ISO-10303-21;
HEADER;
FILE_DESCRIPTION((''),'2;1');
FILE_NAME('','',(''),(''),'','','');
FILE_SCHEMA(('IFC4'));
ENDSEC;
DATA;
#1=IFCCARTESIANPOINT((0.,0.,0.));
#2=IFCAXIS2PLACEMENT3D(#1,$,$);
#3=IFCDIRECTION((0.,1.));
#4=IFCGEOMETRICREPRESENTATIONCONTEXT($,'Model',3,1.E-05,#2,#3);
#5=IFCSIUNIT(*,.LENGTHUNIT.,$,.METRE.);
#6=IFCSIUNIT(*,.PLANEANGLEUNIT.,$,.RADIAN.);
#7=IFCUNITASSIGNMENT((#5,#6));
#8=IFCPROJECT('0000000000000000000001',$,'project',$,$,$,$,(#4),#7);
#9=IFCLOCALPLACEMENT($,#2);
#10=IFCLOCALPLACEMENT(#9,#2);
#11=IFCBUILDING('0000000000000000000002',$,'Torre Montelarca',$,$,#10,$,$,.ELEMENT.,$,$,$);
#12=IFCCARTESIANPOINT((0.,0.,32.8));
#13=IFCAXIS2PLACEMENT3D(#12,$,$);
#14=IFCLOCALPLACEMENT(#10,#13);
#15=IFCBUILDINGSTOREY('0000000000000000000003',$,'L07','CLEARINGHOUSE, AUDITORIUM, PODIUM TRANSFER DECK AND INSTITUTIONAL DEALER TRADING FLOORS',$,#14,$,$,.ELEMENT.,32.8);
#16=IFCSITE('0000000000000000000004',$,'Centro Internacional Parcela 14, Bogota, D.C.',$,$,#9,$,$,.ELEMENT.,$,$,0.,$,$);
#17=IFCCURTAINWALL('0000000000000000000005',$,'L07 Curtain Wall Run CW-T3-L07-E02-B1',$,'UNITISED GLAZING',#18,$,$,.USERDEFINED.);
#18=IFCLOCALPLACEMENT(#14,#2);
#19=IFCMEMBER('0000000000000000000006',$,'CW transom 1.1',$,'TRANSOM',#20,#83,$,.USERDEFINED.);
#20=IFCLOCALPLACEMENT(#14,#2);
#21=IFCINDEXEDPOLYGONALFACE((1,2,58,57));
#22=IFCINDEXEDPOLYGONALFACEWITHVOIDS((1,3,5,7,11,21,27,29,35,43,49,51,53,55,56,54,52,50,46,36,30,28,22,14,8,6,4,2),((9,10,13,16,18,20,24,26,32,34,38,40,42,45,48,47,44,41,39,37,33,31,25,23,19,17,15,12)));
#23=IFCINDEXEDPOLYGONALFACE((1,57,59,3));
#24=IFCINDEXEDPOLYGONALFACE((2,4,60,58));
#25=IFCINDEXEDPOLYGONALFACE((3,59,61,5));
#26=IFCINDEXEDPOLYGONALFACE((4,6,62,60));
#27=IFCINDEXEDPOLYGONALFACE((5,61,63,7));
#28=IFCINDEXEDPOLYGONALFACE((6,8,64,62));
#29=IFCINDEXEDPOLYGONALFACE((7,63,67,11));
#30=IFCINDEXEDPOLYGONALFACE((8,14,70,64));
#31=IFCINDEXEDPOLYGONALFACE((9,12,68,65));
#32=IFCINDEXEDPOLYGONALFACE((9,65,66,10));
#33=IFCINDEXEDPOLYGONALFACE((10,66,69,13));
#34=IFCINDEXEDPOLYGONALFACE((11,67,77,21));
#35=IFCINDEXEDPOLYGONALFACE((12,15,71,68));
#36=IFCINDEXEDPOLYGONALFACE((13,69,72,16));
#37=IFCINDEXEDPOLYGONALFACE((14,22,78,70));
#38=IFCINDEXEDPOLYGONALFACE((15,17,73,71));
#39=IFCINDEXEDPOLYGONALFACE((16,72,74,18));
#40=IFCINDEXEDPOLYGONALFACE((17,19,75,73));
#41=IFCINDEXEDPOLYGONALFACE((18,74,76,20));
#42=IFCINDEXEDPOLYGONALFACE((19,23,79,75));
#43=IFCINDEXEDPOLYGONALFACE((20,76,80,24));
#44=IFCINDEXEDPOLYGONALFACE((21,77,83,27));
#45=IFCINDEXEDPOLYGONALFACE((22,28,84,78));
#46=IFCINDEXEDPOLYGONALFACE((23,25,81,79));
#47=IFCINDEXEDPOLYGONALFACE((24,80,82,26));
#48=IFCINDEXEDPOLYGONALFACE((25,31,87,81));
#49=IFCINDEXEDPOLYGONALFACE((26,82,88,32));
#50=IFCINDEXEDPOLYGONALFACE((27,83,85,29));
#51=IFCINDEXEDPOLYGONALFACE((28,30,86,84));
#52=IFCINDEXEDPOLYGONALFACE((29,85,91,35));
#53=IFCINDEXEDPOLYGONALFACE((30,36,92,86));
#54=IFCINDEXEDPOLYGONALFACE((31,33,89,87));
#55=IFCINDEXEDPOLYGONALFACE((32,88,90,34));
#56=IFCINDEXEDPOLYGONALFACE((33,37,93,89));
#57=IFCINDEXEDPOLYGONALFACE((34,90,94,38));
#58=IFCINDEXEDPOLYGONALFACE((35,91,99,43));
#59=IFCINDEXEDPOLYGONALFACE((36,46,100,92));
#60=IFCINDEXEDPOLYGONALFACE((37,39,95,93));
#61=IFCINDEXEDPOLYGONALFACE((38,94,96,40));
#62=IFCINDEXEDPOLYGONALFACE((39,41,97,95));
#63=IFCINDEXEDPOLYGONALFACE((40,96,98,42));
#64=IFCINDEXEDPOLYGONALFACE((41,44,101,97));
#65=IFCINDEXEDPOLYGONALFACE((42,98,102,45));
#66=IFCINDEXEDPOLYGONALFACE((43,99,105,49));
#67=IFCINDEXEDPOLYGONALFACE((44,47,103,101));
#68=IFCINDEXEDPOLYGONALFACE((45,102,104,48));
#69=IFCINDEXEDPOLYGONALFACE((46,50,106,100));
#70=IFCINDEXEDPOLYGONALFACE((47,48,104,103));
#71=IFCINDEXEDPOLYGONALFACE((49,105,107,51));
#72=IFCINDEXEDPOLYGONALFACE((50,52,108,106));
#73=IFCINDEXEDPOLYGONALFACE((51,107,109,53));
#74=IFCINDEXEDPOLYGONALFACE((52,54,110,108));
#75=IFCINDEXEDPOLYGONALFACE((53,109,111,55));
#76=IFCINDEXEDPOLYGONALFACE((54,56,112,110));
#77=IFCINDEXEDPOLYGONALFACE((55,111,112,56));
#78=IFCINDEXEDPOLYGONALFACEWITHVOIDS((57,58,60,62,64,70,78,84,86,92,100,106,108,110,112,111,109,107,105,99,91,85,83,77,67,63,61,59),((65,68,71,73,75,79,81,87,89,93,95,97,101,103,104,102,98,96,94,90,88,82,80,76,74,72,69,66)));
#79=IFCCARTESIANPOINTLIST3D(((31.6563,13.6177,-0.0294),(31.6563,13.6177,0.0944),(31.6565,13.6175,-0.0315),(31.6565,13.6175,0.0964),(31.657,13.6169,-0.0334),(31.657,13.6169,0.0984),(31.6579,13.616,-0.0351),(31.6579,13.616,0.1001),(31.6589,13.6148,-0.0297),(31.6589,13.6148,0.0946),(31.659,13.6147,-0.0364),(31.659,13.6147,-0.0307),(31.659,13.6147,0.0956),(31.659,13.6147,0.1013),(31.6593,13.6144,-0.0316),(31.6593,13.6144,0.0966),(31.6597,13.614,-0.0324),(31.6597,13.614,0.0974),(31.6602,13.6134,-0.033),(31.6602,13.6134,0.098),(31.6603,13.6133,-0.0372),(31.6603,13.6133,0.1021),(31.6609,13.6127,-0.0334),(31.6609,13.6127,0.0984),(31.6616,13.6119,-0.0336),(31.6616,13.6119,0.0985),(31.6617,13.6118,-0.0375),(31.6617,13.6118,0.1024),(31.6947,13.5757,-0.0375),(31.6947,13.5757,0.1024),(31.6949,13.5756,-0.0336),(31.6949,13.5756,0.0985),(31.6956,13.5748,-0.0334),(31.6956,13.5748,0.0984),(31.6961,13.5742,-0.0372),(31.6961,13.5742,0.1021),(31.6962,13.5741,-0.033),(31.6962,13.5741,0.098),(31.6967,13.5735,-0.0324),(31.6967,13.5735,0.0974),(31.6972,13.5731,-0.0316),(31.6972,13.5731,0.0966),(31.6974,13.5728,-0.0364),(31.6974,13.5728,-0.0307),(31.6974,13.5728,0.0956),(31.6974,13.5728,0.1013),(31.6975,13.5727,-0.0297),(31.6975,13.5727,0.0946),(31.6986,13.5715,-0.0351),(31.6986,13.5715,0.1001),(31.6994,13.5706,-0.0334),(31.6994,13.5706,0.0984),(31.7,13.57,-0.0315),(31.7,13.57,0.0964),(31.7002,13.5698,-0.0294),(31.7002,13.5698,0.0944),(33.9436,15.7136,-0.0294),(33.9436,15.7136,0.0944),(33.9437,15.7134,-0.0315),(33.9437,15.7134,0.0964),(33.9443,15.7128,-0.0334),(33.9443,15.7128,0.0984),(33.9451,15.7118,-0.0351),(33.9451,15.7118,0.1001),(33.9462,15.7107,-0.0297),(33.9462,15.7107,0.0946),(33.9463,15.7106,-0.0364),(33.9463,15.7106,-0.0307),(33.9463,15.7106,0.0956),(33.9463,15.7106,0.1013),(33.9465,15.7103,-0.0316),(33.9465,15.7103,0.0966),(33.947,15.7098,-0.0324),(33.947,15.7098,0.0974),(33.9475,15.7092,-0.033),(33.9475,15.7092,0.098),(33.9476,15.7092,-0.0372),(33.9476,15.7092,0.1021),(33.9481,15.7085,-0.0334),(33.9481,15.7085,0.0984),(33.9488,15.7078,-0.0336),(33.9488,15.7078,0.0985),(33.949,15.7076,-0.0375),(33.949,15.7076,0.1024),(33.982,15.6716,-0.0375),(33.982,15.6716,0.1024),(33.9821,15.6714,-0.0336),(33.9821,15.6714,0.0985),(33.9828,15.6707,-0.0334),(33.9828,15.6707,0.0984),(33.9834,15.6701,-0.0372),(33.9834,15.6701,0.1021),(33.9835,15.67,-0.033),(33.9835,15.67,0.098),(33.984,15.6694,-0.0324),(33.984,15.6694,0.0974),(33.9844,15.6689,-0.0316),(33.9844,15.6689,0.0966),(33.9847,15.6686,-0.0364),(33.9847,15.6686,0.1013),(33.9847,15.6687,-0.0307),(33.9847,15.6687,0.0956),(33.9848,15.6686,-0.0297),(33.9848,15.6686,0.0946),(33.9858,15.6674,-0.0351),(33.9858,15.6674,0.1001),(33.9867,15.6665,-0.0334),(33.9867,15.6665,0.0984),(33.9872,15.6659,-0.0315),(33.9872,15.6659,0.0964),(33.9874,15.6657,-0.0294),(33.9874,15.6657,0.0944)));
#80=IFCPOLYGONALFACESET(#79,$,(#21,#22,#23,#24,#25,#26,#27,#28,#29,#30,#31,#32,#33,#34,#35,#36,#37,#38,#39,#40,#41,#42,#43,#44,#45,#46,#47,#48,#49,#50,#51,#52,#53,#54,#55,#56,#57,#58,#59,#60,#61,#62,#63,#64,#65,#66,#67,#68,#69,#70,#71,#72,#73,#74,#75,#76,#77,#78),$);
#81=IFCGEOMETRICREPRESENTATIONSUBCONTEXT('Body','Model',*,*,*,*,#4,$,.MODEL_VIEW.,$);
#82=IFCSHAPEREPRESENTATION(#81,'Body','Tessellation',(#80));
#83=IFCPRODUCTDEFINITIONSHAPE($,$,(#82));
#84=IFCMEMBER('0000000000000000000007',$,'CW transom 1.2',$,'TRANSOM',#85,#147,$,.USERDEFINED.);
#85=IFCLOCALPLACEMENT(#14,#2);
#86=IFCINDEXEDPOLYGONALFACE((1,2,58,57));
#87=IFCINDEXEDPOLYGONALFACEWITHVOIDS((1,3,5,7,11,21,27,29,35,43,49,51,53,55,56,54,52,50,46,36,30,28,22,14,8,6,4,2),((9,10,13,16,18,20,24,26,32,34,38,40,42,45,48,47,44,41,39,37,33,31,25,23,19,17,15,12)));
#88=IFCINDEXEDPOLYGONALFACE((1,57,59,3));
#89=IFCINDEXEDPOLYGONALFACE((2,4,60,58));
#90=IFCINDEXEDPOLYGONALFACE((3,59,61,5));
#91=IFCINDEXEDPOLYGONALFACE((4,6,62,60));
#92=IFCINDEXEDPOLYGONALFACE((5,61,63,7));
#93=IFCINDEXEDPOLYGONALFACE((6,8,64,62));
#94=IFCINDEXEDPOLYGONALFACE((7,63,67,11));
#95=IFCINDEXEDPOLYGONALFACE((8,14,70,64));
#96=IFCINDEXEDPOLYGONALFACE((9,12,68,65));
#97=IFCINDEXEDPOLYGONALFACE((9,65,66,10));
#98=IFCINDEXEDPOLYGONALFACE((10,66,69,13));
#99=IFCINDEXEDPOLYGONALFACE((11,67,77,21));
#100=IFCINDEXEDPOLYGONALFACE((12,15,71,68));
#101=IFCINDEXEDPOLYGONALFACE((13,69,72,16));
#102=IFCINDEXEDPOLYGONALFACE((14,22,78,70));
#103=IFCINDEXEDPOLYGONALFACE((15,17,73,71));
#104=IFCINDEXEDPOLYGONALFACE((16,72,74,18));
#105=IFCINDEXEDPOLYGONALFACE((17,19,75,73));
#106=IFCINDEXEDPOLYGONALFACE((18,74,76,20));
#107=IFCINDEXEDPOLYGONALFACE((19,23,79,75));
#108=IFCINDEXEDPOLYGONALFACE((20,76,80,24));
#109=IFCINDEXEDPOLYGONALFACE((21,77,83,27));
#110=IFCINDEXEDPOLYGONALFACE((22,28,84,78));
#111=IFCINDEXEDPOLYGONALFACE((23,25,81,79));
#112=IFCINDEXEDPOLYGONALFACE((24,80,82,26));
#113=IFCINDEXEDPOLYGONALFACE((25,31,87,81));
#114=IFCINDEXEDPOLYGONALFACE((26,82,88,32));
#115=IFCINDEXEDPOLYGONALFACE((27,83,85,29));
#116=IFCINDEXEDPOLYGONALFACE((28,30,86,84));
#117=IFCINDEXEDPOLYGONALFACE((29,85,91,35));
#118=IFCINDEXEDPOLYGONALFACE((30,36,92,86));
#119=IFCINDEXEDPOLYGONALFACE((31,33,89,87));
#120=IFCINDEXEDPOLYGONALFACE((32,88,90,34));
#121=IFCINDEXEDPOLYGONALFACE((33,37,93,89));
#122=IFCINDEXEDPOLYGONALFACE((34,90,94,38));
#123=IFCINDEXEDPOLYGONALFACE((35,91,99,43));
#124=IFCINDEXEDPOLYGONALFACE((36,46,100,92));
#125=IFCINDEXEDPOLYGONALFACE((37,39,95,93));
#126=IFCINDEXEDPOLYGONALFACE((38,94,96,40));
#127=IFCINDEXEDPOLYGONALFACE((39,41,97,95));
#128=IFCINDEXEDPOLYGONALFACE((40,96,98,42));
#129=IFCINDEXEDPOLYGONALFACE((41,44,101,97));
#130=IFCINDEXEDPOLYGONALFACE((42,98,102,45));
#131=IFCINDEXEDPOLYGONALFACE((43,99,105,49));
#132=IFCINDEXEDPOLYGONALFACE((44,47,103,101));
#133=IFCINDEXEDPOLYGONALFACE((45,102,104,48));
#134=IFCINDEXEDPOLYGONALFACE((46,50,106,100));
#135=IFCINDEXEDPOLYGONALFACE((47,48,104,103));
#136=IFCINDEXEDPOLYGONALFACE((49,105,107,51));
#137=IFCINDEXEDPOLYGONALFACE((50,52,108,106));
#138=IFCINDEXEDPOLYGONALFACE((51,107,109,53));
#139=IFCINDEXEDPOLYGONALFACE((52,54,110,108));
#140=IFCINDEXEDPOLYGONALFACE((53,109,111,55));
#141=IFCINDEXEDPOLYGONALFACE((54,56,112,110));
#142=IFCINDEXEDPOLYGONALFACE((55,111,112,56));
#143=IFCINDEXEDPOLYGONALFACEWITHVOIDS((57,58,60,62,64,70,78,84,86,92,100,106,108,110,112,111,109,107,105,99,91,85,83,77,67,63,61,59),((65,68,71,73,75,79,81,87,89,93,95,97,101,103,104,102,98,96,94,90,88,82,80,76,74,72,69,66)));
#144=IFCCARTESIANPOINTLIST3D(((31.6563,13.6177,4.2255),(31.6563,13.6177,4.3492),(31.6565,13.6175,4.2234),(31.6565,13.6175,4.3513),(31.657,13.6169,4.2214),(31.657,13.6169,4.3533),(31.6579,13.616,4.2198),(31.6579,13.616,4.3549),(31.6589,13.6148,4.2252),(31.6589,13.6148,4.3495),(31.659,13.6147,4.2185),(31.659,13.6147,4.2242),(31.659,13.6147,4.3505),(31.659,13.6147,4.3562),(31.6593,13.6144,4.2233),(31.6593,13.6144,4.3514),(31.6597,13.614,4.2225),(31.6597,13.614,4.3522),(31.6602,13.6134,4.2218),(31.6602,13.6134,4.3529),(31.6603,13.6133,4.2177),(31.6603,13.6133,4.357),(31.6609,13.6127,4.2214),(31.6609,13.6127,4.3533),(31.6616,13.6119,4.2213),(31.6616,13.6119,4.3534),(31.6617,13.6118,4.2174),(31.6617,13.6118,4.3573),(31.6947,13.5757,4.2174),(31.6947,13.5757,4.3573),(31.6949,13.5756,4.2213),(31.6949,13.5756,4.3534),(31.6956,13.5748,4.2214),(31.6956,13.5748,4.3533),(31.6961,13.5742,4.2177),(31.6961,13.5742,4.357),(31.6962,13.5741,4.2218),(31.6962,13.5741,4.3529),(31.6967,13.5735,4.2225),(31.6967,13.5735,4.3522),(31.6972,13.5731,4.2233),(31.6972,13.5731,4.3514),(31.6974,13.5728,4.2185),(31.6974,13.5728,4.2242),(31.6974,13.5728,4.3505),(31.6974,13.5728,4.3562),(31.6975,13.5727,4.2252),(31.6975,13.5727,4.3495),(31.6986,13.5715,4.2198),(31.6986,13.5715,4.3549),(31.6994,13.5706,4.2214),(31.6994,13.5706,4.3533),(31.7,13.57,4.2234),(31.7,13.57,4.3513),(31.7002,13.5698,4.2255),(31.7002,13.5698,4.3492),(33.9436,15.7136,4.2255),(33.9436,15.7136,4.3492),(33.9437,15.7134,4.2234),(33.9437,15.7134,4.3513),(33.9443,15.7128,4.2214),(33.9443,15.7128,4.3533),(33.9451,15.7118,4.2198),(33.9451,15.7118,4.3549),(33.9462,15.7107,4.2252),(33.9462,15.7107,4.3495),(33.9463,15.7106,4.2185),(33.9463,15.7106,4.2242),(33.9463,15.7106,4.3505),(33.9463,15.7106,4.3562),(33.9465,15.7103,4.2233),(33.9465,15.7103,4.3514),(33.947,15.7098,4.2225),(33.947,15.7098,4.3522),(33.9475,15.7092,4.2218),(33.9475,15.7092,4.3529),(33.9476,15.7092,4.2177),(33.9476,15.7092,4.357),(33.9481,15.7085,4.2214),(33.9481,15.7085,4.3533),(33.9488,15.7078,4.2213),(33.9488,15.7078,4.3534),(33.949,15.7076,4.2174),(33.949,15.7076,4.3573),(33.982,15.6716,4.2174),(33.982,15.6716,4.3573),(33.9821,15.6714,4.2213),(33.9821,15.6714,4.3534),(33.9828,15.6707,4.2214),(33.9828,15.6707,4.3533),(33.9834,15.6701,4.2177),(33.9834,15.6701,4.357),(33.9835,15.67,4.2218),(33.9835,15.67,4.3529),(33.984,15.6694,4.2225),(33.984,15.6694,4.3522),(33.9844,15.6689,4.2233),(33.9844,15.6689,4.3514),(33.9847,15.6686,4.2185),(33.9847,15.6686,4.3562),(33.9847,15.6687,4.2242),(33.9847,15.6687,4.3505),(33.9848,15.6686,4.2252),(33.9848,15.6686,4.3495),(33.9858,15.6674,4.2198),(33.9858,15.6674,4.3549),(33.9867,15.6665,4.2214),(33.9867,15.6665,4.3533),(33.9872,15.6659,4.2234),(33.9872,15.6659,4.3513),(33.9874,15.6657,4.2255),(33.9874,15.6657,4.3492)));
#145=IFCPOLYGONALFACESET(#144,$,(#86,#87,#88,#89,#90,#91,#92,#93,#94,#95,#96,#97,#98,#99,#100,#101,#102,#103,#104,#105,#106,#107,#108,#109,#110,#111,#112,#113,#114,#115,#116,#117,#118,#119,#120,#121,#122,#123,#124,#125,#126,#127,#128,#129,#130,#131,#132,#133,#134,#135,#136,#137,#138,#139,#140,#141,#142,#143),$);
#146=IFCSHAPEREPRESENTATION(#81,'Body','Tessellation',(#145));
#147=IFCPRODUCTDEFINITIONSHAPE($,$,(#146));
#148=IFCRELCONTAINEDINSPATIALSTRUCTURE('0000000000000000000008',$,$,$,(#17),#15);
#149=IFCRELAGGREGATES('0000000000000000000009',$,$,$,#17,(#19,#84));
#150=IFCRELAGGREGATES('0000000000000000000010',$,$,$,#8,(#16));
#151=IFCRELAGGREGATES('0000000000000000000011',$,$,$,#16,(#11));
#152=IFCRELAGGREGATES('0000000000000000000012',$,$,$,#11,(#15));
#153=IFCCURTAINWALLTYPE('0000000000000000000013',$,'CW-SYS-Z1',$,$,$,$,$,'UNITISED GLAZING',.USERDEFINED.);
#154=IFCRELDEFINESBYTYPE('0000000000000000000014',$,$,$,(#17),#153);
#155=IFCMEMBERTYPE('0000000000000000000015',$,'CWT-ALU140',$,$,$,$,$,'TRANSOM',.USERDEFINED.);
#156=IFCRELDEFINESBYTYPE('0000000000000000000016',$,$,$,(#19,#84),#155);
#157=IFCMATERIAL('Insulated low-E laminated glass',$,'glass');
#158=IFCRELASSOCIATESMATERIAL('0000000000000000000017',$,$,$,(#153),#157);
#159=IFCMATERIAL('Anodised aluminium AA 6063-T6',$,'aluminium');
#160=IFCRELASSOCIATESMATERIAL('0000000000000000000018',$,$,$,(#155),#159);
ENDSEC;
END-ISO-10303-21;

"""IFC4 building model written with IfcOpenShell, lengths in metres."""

from ifc_helpers import new_model, si_unit, direction, frame, origin, origin_2d, place, context, subcontext, project, spatial, hollow_rectangle, extrude, source, transform, mapped, material, material_profile, profile_set, type_object, element, aggregate, save


model = new_model("IFC4")

# Units and contexts
model_context = context("Model", 3, precision=1e-05, world=origin(), true_north=direction((0.0, 1.0)))
body_context = subcontext(model_context, "Body", "Model", "MODEL_VIEW")
ifc_project = project(units=[si_unit("LENGTHUNIT", "METRE"), si_unit("PLANEANGLEUNIT", "RADIAN")], contexts=[model_context])

# Site, building, storey
site_placement = place(None, origin())
site = spatial("IfcSite", under=ifc_project, at=site_placement, Name="Centro Internacional Parcela 14, Bogota, D.C.", CompositionType="ELEMENT", RefElevation=0.0)
building_placement = place(site_placement, origin())
building = spatial("IfcBuilding", under=site, at=building_placement, Name="Torre Montelarca", CompositionType="ELEMENT")
storey_placement = place(building_placement, frame((0.0, 0.0, 32.8)))
storey = spatial("IfcBuildingStorey", under=building, at=storey_placement, Name="L07", Description="CLEARINGHOUSE, AUDITORIUM, PODIUM TRANSFER DECK AND INSTITUTIONAL DEALER TRADING FLOORS", CompositionType="ELEMENT", Elevation=32.8)

# Curtain wall
ifc_material_1 = material(Name="Insulated low-E laminated glass", Category="glass")
curtain_wall_type = type_object("IfcCurtainWallType", Name="CW-SYS-Z1", ElementType="UNITISED GLAZING", PredefinedType="USERDEFINED", material=ifc_material_1)
ifc_material_2 = material(Name="Anodised aluminium AA 6063-T6", Category="aluminium")
curtain_wall_1_placement = place(storey_placement, origin())
curtain_wall_1 = element("IfcCurtainWall", 1, at=curtain_wall_1_placement, inside=storey, type_object=curtain_wall_type, Name="L07 Curtain Wall Run CW-T3-L07-E02-B1", ObjectType="UNITISED GLAZING", PredefinedType="USERDEFINED")

# Members
ifc_material_profile_1 = material_profile(ifc_material_2, hollow_rectangle(XDim=0.0649, YDim=0.1399, WallThickness=0.0039, InnerFilletRadius=0.0039, OuterFilletRadius=0.0081, at=origin_2d()), Name="ALU65X140X4", Category="aluminium")
ifc_profile_set_1 = profile_set([ifc_material_profile_1], Name="Anodised aluminium AA 6063-T6")
member_type_1 = type_object("IfcMemberType", Name="CWT-ALU140", ElementType="TRANSOM", PredefinedType="USERDEFINED", material=ifc_profile_set_1)
shared_shape_1 = source(origin(), body_context, "Body", "SweptSolid", [
    extrude(hollow_rectangle(XDim=0.0649, YDim=0.1399, WallThickness=0.0039, InnerFilletRadius=0.0039, OuterFilletRadius=0.0081, at=origin_2d()), origin(), (0.0, 0.0, 1.0), 3.1023),
])
member_1_placement = place(storey_placement, frame((31.6782, 13.5938, 0.0325), z_axis=(0.737282, 0.675586, 0.0), x_axis=(-0.675586, 0.737282, 0.0)))
member_1 = element("IfcMember", 2, at=member_1_placement, type_object=member_type_1, Name="CW transom 1.1", ObjectType="TRANSOM", PredefinedType="USERDEFINED", context=body_context, shape_type="MappedRepresentation", body=[
    mapped(shared_shape_1, transform((0.0, 0.0, 0.0), scale=1.0)),
])
member_2_placement = place(storey_placement, frame((31.6782, 13.5938, 4.2874), z_axis=(0.737282, 0.675586, 0.0), x_axis=(-0.675586, 0.737282, 0.0)))
member_2 = element("IfcMember", 3, at=member_2_placement, type_object=member_type_1, Name="CW transom 1.2", ObjectType="TRANSOM", PredefinedType="USERDEFINED", context=body_context, shape_type="MappedRepresentation", body=[
    mapped(shared_shape_1, transform((0.0, 0.0, 0.0), scale=1.0)),
])

aggregate(curtain_wall_1, [member_1, member_2])

save(model, "model.ifc")
